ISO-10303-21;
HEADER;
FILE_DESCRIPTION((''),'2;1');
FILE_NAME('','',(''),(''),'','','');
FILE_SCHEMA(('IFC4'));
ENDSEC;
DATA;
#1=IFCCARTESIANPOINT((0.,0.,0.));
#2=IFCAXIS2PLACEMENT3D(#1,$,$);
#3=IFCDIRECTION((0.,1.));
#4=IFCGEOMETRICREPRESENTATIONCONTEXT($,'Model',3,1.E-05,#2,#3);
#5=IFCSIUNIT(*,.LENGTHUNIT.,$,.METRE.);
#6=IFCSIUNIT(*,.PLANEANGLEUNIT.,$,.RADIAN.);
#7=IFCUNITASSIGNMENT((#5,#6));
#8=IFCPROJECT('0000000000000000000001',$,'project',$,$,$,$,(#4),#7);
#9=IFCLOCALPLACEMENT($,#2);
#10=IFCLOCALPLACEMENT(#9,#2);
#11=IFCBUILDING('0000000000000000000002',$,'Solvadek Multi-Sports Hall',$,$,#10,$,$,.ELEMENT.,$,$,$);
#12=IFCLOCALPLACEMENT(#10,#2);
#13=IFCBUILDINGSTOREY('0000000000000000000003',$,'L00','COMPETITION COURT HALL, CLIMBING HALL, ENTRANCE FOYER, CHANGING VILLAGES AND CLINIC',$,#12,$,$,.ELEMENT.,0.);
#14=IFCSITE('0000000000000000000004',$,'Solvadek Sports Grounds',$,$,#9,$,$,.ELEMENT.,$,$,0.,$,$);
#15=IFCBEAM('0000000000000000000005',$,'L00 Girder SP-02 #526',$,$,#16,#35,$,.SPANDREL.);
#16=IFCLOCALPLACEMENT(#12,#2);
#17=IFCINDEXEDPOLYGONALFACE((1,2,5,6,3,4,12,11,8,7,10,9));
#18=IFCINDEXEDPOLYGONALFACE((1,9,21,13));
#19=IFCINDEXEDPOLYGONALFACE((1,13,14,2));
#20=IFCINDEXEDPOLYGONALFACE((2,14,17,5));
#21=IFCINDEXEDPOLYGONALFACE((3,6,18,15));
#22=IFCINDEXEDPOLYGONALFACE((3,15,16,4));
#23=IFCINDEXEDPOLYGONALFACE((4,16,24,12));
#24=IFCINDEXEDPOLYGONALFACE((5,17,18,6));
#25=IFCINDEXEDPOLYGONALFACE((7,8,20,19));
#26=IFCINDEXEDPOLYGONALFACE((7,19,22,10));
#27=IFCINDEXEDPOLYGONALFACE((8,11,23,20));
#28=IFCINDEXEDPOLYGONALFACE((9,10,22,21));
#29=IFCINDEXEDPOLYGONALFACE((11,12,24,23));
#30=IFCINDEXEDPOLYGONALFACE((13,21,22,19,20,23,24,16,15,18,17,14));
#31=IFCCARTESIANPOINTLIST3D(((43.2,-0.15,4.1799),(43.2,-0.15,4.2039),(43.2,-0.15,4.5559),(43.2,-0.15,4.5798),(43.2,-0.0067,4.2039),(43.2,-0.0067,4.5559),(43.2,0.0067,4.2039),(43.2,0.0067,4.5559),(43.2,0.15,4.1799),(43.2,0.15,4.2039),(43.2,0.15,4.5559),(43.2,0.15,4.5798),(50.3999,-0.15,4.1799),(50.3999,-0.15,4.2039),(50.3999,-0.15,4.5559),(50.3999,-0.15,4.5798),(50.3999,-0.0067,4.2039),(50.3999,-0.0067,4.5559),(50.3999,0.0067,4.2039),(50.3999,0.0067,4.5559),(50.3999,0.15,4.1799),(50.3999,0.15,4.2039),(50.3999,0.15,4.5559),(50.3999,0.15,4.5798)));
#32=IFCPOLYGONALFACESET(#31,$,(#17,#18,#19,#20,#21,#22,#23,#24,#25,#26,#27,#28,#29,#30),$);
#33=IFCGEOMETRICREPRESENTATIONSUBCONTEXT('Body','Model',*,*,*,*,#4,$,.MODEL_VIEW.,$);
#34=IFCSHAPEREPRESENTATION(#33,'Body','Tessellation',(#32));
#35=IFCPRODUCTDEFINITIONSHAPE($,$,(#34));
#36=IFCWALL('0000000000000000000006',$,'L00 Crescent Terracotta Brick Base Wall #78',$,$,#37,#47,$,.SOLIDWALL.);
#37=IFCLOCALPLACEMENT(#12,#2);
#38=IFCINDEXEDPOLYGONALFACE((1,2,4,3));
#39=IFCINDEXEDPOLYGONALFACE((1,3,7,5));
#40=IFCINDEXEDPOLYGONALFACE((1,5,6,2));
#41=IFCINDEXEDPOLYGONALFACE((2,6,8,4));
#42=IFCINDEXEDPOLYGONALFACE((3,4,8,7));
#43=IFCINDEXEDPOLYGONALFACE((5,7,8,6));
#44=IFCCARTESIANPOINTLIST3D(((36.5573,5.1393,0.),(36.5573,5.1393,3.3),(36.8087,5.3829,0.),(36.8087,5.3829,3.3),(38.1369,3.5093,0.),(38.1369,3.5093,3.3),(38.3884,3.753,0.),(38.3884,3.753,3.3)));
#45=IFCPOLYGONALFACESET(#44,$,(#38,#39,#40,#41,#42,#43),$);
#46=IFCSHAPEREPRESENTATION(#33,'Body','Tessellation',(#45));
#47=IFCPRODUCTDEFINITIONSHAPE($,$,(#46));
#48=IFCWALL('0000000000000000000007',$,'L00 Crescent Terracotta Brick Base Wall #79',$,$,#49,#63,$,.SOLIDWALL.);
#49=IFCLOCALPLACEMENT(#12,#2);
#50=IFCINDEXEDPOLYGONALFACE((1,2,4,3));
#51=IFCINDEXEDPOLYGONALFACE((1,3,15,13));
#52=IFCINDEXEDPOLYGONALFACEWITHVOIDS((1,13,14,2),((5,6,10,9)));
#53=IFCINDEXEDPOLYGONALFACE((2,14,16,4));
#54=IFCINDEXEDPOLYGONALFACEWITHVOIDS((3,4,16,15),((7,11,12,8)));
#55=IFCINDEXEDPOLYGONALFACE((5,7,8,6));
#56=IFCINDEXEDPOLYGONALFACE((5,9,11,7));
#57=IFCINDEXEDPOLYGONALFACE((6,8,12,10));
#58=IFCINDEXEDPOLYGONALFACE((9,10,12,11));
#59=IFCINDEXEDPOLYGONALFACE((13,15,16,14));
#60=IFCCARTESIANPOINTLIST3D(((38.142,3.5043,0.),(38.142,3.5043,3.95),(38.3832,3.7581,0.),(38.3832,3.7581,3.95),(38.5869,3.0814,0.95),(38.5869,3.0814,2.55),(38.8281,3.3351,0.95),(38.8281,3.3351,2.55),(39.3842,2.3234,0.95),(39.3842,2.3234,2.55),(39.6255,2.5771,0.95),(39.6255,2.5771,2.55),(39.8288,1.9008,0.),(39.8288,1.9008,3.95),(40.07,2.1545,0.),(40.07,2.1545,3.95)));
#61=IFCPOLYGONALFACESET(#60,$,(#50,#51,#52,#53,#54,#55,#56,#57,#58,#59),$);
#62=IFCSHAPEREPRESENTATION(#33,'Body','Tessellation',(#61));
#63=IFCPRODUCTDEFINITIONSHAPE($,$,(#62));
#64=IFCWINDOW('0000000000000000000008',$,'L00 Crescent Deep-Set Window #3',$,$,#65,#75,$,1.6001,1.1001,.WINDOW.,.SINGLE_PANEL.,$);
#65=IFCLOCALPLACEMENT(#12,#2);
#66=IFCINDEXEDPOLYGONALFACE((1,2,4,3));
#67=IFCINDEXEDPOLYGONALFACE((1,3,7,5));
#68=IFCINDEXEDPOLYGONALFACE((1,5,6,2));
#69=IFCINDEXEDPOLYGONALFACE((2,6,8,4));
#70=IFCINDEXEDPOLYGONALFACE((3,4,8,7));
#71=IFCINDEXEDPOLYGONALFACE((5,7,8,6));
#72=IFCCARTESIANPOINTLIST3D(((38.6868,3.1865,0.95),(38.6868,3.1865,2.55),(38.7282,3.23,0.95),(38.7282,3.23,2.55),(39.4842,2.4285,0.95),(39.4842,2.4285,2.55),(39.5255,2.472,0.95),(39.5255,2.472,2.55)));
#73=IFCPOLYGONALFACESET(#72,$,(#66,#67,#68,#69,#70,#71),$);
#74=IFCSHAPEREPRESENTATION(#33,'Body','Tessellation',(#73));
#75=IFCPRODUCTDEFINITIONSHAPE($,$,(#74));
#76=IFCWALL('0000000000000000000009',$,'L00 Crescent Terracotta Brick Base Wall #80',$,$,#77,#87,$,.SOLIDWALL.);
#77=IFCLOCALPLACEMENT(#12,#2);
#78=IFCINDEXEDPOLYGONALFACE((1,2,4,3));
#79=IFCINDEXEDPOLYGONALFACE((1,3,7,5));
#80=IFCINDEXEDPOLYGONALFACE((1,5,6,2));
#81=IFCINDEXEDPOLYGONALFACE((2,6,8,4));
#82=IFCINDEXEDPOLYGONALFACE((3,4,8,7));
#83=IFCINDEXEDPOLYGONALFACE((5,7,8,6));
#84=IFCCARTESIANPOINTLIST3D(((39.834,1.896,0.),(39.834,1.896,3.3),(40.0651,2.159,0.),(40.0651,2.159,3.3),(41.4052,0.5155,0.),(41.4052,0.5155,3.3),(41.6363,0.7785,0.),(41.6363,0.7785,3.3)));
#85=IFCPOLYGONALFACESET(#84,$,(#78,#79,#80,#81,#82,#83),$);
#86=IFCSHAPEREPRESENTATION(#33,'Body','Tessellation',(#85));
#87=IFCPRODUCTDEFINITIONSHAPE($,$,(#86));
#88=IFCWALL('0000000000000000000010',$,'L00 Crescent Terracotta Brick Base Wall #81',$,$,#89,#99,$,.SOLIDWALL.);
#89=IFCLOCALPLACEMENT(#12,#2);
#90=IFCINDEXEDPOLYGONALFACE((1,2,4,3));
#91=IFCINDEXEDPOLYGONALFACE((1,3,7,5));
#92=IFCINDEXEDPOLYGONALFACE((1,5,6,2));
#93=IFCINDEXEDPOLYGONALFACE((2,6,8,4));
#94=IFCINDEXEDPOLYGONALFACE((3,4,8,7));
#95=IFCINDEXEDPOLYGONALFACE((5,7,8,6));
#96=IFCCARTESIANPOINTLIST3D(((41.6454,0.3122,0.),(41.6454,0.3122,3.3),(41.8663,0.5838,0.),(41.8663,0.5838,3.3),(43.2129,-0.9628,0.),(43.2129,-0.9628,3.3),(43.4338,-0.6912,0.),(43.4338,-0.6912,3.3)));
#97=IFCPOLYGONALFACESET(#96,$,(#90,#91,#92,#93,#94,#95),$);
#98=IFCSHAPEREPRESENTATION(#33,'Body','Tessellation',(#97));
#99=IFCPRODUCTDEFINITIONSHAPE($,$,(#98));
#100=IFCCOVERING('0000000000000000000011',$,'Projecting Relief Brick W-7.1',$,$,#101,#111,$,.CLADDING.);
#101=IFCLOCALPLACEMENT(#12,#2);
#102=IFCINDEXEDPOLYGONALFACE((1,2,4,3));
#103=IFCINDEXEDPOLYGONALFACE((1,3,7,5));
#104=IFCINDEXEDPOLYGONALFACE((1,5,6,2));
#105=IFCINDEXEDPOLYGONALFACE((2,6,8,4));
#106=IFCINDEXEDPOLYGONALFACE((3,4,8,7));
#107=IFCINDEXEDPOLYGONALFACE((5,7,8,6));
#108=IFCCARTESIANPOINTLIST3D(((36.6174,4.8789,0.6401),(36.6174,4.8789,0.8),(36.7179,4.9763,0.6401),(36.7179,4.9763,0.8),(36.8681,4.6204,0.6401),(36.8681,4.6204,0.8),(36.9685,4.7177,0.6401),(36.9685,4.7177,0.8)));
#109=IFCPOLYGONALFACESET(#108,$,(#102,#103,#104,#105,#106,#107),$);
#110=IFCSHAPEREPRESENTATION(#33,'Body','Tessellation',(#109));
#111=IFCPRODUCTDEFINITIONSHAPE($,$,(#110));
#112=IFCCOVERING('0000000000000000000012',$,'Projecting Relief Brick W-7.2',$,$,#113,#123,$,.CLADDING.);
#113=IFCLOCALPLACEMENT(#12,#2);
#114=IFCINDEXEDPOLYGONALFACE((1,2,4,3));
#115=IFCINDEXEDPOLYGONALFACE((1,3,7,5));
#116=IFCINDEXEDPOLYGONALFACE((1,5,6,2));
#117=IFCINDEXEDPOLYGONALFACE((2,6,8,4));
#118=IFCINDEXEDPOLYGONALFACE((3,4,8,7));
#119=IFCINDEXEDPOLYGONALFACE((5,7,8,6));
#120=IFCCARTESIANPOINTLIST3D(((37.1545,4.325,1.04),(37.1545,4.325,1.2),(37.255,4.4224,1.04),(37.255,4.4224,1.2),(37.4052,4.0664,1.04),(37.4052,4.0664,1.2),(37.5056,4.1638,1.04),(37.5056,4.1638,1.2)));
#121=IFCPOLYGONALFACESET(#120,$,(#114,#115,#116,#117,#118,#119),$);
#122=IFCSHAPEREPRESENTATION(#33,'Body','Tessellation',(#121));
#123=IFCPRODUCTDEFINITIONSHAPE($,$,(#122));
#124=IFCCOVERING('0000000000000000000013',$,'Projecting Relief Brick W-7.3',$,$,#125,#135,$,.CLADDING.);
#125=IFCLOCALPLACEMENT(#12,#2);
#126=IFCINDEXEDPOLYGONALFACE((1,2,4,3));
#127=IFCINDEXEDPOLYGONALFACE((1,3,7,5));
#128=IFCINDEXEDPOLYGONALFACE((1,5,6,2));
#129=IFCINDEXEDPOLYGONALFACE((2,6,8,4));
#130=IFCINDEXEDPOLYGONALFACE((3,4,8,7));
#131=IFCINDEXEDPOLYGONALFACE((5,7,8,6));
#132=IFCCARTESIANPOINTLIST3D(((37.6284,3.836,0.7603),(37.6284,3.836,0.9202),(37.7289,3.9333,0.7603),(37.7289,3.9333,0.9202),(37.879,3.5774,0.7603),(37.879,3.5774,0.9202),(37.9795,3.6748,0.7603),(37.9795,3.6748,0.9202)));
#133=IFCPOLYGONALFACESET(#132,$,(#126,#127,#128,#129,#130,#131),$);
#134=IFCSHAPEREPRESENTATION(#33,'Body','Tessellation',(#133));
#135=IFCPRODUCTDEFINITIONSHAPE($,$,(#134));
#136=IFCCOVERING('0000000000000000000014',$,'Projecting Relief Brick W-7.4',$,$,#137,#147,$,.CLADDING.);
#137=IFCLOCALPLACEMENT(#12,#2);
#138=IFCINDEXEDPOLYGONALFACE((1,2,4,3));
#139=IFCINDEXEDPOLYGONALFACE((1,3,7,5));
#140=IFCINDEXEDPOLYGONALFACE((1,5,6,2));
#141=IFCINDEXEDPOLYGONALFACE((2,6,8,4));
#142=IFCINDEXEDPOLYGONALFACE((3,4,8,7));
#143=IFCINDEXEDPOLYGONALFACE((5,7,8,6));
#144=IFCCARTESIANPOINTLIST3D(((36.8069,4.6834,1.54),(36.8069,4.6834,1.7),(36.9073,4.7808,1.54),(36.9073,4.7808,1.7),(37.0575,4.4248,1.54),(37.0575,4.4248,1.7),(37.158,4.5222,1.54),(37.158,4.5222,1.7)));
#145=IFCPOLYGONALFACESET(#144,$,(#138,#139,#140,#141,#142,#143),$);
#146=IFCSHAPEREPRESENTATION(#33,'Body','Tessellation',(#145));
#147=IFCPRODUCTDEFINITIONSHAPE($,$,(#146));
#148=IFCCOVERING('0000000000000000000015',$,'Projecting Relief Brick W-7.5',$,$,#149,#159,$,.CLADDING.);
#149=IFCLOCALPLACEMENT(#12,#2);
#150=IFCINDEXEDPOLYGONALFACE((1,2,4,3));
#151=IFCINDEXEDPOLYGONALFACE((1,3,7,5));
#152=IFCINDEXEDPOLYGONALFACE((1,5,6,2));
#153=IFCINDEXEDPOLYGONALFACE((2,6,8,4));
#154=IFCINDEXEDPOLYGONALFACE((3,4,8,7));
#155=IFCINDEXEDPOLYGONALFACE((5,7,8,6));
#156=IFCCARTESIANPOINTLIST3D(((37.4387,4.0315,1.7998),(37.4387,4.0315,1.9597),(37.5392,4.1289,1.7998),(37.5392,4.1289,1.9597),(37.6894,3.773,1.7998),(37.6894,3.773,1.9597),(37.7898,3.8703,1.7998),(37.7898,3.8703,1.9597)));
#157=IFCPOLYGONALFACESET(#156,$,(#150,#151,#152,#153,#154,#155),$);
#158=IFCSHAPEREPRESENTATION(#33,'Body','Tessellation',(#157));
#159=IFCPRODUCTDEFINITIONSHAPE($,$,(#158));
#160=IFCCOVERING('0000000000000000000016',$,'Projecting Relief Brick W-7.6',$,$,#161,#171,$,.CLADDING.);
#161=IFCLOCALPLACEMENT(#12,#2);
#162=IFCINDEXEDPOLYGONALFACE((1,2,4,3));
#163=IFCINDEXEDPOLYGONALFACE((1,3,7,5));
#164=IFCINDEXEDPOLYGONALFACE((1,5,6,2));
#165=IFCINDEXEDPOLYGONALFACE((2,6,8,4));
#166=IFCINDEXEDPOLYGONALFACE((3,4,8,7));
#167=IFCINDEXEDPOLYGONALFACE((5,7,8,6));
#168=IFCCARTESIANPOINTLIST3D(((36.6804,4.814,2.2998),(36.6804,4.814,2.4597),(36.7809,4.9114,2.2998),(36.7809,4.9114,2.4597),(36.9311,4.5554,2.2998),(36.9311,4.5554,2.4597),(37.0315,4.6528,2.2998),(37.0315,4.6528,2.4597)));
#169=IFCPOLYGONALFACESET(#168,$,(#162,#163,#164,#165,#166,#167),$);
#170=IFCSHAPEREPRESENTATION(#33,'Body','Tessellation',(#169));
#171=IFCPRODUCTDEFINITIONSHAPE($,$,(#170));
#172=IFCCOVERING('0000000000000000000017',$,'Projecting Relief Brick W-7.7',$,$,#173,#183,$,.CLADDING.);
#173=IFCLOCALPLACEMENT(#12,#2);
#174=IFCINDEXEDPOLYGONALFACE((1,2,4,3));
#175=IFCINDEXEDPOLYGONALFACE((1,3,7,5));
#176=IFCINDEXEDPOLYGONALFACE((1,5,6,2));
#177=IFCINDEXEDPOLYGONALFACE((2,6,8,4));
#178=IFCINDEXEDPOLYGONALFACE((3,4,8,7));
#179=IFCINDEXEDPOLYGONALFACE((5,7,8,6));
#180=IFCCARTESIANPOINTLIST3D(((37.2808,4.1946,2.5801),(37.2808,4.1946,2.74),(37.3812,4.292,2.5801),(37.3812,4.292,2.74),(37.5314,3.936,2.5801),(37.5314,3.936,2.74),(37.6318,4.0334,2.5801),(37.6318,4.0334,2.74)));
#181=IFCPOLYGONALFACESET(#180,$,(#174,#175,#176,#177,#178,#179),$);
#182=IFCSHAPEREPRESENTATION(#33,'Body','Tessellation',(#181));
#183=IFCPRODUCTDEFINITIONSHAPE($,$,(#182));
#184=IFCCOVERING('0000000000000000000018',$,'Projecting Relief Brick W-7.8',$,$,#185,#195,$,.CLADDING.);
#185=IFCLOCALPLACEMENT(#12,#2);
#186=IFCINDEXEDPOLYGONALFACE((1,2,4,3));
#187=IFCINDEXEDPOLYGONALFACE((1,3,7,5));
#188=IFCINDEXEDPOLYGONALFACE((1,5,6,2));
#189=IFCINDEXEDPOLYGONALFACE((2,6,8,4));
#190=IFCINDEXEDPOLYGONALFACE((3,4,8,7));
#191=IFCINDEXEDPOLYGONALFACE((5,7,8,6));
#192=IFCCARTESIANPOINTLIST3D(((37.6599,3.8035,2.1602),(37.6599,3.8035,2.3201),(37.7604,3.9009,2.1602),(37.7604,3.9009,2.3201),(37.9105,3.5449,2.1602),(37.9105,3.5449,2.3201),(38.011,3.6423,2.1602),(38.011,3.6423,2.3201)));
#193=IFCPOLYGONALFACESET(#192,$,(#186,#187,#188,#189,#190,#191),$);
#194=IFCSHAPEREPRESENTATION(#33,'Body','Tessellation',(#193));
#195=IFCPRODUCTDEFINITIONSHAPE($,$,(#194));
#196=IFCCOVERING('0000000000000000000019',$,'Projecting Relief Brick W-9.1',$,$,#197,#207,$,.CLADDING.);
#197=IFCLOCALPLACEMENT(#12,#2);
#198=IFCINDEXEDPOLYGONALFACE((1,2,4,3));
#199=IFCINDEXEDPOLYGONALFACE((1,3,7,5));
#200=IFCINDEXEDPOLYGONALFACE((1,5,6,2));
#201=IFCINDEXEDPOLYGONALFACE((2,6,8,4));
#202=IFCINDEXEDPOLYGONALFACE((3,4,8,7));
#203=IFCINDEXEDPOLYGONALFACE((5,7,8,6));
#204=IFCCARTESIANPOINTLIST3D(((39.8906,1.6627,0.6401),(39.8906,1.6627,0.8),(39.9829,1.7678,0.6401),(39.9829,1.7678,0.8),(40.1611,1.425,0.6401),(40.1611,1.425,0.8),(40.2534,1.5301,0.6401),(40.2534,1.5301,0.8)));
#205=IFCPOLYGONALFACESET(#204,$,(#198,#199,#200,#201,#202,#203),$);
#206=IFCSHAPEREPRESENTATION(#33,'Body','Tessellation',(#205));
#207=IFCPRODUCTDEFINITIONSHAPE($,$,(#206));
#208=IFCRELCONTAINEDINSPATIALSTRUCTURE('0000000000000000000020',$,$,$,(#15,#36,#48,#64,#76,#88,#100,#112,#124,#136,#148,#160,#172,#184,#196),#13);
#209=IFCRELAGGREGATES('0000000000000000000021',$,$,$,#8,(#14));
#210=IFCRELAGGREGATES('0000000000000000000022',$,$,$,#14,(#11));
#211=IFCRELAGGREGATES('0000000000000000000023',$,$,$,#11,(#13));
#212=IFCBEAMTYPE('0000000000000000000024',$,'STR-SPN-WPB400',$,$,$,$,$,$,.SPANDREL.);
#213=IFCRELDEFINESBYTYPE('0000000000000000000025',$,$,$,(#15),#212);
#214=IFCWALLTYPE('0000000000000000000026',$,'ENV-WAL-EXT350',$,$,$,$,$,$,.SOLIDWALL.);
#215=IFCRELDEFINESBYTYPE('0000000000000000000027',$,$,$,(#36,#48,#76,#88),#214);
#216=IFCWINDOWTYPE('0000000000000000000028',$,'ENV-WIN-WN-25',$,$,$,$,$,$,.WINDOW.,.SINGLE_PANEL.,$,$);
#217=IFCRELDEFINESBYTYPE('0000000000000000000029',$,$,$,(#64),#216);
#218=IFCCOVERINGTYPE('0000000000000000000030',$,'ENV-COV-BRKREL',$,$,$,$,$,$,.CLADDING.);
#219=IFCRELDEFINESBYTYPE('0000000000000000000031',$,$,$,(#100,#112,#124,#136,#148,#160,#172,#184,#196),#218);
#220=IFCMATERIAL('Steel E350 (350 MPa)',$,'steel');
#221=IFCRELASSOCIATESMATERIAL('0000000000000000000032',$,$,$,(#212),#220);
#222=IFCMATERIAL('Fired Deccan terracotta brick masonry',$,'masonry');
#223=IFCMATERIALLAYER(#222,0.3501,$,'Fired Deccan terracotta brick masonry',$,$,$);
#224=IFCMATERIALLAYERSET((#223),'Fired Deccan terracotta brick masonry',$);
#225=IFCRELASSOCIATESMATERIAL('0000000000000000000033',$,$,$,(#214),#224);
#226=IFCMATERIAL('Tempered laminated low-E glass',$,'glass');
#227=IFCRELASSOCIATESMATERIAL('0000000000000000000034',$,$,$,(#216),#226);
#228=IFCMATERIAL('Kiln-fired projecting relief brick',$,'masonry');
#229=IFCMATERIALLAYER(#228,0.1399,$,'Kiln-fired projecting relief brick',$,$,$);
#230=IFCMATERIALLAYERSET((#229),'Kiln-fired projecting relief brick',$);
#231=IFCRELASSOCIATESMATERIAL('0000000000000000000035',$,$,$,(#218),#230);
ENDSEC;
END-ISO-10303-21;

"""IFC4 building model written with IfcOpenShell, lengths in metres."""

from ifc_helpers import new_model, si_unit, direction, frame, frame_2d, origin, origin_2d, place, context, subcontext, project, spatial, rectangle, i_section, extrude, material, layer, layer_set, material_profile, profile_set, type_object, element, fill, save


model = new_model("IFC4")

# Units and contexts
model_context = context("Model", 3, precision=1e-05, world=origin(), true_north=direction((0.0, 1.0)))
body_context = subcontext(model_context, "Body", "Model", "MODEL_VIEW")
ifc_project = project(units=[si_unit("LENGTHUNIT", "METRE"), si_unit("PLANEANGLEUNIT", "RADIAN")], contexts=[model_context])

# Site, building, storey
site_placement = place(None, origin())
site = spatial("IfcSite", under=ifc_project, at=site_placement, Name="Solvadek Sports Grounds", CompositionType="ELEMENT", RefElevation=0.0)
building_placement = place(site_placement, origin())
building = spatial("IfcBuilding", under=site, at=building_placement, Name="Solvadek Multi-Sports Hall", CompositionType="ELEMENT")
storey_placement = place(building_placement, origin())
storey = spatial("IfcBuildingStorey", under=building, at=storey_placement, Name="L00", Description="COMPETITION COURT HALL, CLIMBING HALL, ENTRANCE FOYER, CHANGING VILLAGES AND CLINIC", CompositionType="ELEMENT", Elevation=0.0)

# Shared definitions
ifc_material_1 = material(Name="Steel E350 (350 MPa)", Category="steel")

# Beam
ifc_material_profile_1 = material_profile(ifc_material_1, i_section(OverallWidth=0.3, OverallDepth=0.3999, WebThickness=0.0134, FlangeThickness=0.0239, at=origin_2d()), Name="WPB 400")
ifc_profile_set_1 = profile_set([ifc_material_profile_1], Name="Steel E350 (350 MPa)")
beam_type_1 = type_object("IfcBeamType", Name="STR-SPN-WPB400", PredefinedType="SPANDREL", material=ifc_profile_set_1)
beam_1_placement = place(storey_placement, frame((43.2, 0.0, 4.3799), z_axis=(1.0, 0.0, 0.0), x_axis=(0.0, 1.0, 0.0)))
element("IfcBeam", 1, at=beam_1_placement, inside=storey, type_object=beam_type_1, Name="L00 Girder SP-02 #526", PredefinedType="SPANDREL", context=body_context, shape_type="SweptSolid", body=[
    extrude(i_section(OverallWidth=0.3, OverallDepth=0.3999, WebThickness=0.0134, FlangeThickness=0.0239, at=origin_2d()), origin(), (0.0, 0.0, 1.0), 7.2),
])

# Wall
ifc_material_2 = material(Name="Fired Deccan terracotta brick masonry", Category="masonry")
ifc_layer_1 = layer(ifc_material_2, 0.3501, Name="Fired Deccan terracotta brick masonry")
ifc_layer_set_1 = layer_set([ifc_layer_1], Name="Fired Deccan terracotta brick masonry")
wall_type = type_object("IfcWallType", Name="ENV-WAL-EXT350", PredefinedType="SOLIDWALL", material=ifc_layer_set_1)
wall_1_placement = place(storey_placement, frame((36.6831, 5.261, 0.0), z_axis=(0.0, 0.0, 1.0), x_axis=(0.695941, -0.718099, 0.0)))
element("IfcWall", 2, at=wall_1_placement, inside=storey, type_object=wall_type, Name="L00 Crescent Terracotta Brick Base Wall #78", PredefinedType="SOLIDWALL", context=body_context, shape_type="SweptSolid", body=[
    extrude(rectangle(XDim=2.2698, YDim=0.3501, at=frame_2d((1.1348, 0.0))), origin(), (0.0, 0.0, 1.0), 3.3),
])

# Wall, opening, window
wall_2_placement = place(storey_placement, frame((38.2627, 3.6311, 0.0), z_axis=(0.0, 0.0, 1.0), x_axis=(0.724766, -0.688995, 0.0)))
wall_2 = element("IfcWall", 3, at=wall_2_placement, inside=storey, type_object=wall_type, Name="L00 Crescent Terracotta Brick Base Wall #79", PredefinedType="SOLIDWALL", context=body_context, shape_type="SweptSolid", body=[
    extrude(rectangle(XDim=2.3274, YDim=0.3501, at=frame_2d((1.1636, 0.0))), origin(), (0.0, 0.0, 1.0), 3.95),
])
opening_placement = place(wall_2_placement, frame((0.6138, 0.0, 0.95)))
opening = element("IfcOpeningElement", 4, at=opening_placement, cuts=wall_2, PredefinedType="OPENING", context=body_context, shape_type="SweptSolid", body=[
    extrude(rectangle(XDim=1.1001, YDim=1.6001, at=frame_2d((0.55, 0.8))), frame((0.0, 0.1851, 0.0), z_axis=(0.0, -1.0, 0.0), x_axis=(1.0, 0.0, 0.0)), (0.0, 0.0, 1.0), 0.3701),
])
ifc_material_3 = material(Name="Tempered laminated low-E glass", Category="glass")
window_type = type_object("IfcWindowType", Name="ENV-WIN-WN-25", PartitioningType="SINGLE_PANEL", PredefinedType="WINDOW", material=ifc_material_3)
window_placement = place(opening_placement, origin())
window = element("IfcWindow", 5, at=window_placement, inside=storey, type_object=window_type, Name="L00 Crescent Deep-Set Window #3", OverallHeight=1.6001, OverallWidth=1.1001, PartitioningType="SINGLE_PANEL", PredefinedType="WINDOW", context=body_context, shape_type="SweptSolid", body=[
    extrude(rectangle(XDim=1.1001, YDim=1.6001, at=frame_2d((0.55, 0.8))), frame((0.0, 0.03, 0.0), z_axis=(0.0, -1.0, 0.0), x_axis=(1.0, 0.0, 0.0)), (0.0, 0.0, 1.0), 0.0601),
])
fill(opening, window)

# Walls
wall_3_placement = place(storey_placement, frame((39.9495, 2.0276, 0.0), z_axis=(0.0, 0.0, 1.0), x_axis=(0.751216, -0.660057, 0.0)))
element("IfcWall", 6, at=wall_3_placement, inside=storey, type_object=wall_type, Name="L00 Crescent Terracotta Brick Base Wall #80", PredefinedType="SOLIDWALL", context=body_context, shape_type="SweptSolid", body=[
    extrude(rectangle(XDim=2.0916, YDim=0.3501, at=frame_2d((1.0459, 0.0))), origin(), (0.0, 0.0, 1.0), 3.3),
])
wall_4_placement = place(storey_placement, frame((41.7559, 0.448, 0.0), z_axis=(0.0, 0.0, 1.0), x_axis=(0.775774, -0.631011, 0.0)))
element("IfcWall", 7, at=wall_4_placement, inside=storey, type_object=wall_type, Name="L00 Crescent Terracotta Brick Base Wall #81", PredefinedType="SOLIDWALL", context=body_context, shape_type="SweptSolid", body=[
    extrude(rectangle(XDim=2.0205, YDim=0.3501, at=frame_2d((1.0103, 0.0))), origin(), (0.0, 0.0, 1.0), 3.3),
])

# Coverings
ifc_material_4 = material(Name="Kiln-fired projecting relief brick", Category="masonry")
ifc_layer_2 = layer(ifc_material_4, 0.1399, Name="Kiln-fired projecting relief brick")
ifc_layer_set_2 = layer_set([ifc_layer_2], Name="Kiln-fired projecting relief brick")
covering_type = type_object("IfcCoveringType", Name="ENV-COV-BRKREL", PredefinedType="CLADDING", material=ifc_layer_set_2)
for number, where, z_axis, x_axis, name in (
    (8, (36.793, 4.7983, 0.6401), (0.0, 0.0, 1.0), (0.696005, -0.718037, 0.0), "Projecting Relief Brick W-7.1"),
    (9, (37.3301, 4.2444, 1.04), (0.0, 0.0, 1.0), (0.696005, -0.718037, 0.0), "Projecting Relief Brick W-7.2"),
    (10, (37.804, 3.7554, 0.7603), (0.0, 0.0, 1.0), (0.696005, -0.718037, 0.0), "Projecting Relief Brick W-7.3"),
    (11, (36.9824, 4.6028, 1.54), (0.0, 0.0, 1.0), (0.696005, -0.718037, 0.0), "Projecting Relief Brick W-7.4"),
    (12, (37.6143, 3.9509, 1.7998), (0.0, 0.0, 1.0), (0.696005, -0.718037, 0.0), "Projecting Relief Brick W-7.5"),
    (13, (36.856, 4.7334, 2.2998), (0.0, 0.0, 1.0), (0.696005, -0.718037, 0.0), "Projecting Relief Brick W-7.6"),
    (14, (37.4563, 4.114, 2.5801), (0.0, 0.0, 1.0), (0.696005, -0.718037, 0.0), "Projecting Relief Brick W-7.7"),
    (15, (37.8354, 3.7229, 2.1602), (0.0, 0.0, 1.0), (0.696005, -0.718037, 0.0), "Projecting Relief Brick W-7.8"),
    (16, (40.072, 1.5964, 0.6401), (0.0, 0.0, 1.0), (0.751215, -0.660057, 0.0), "Projecting Relief Brick W-9.1"),
):
    element("IfcCovering", number, at=place(storey_placement, frame(where, z_axis=z_axis, x_axis=x_axis)), inside=storey, type_object=covering_type, Name=name, PredefinedType="CLADDING", context=body_context, shape_type="SweptSolid", body=[
        extrude(rectangle(XDim=0.3601, YDim=0.1399, at=origin_2d()), origin(), (0.0, 0.0, 1.0), 0.1599),
    ])

save(model, "model.ifc")
